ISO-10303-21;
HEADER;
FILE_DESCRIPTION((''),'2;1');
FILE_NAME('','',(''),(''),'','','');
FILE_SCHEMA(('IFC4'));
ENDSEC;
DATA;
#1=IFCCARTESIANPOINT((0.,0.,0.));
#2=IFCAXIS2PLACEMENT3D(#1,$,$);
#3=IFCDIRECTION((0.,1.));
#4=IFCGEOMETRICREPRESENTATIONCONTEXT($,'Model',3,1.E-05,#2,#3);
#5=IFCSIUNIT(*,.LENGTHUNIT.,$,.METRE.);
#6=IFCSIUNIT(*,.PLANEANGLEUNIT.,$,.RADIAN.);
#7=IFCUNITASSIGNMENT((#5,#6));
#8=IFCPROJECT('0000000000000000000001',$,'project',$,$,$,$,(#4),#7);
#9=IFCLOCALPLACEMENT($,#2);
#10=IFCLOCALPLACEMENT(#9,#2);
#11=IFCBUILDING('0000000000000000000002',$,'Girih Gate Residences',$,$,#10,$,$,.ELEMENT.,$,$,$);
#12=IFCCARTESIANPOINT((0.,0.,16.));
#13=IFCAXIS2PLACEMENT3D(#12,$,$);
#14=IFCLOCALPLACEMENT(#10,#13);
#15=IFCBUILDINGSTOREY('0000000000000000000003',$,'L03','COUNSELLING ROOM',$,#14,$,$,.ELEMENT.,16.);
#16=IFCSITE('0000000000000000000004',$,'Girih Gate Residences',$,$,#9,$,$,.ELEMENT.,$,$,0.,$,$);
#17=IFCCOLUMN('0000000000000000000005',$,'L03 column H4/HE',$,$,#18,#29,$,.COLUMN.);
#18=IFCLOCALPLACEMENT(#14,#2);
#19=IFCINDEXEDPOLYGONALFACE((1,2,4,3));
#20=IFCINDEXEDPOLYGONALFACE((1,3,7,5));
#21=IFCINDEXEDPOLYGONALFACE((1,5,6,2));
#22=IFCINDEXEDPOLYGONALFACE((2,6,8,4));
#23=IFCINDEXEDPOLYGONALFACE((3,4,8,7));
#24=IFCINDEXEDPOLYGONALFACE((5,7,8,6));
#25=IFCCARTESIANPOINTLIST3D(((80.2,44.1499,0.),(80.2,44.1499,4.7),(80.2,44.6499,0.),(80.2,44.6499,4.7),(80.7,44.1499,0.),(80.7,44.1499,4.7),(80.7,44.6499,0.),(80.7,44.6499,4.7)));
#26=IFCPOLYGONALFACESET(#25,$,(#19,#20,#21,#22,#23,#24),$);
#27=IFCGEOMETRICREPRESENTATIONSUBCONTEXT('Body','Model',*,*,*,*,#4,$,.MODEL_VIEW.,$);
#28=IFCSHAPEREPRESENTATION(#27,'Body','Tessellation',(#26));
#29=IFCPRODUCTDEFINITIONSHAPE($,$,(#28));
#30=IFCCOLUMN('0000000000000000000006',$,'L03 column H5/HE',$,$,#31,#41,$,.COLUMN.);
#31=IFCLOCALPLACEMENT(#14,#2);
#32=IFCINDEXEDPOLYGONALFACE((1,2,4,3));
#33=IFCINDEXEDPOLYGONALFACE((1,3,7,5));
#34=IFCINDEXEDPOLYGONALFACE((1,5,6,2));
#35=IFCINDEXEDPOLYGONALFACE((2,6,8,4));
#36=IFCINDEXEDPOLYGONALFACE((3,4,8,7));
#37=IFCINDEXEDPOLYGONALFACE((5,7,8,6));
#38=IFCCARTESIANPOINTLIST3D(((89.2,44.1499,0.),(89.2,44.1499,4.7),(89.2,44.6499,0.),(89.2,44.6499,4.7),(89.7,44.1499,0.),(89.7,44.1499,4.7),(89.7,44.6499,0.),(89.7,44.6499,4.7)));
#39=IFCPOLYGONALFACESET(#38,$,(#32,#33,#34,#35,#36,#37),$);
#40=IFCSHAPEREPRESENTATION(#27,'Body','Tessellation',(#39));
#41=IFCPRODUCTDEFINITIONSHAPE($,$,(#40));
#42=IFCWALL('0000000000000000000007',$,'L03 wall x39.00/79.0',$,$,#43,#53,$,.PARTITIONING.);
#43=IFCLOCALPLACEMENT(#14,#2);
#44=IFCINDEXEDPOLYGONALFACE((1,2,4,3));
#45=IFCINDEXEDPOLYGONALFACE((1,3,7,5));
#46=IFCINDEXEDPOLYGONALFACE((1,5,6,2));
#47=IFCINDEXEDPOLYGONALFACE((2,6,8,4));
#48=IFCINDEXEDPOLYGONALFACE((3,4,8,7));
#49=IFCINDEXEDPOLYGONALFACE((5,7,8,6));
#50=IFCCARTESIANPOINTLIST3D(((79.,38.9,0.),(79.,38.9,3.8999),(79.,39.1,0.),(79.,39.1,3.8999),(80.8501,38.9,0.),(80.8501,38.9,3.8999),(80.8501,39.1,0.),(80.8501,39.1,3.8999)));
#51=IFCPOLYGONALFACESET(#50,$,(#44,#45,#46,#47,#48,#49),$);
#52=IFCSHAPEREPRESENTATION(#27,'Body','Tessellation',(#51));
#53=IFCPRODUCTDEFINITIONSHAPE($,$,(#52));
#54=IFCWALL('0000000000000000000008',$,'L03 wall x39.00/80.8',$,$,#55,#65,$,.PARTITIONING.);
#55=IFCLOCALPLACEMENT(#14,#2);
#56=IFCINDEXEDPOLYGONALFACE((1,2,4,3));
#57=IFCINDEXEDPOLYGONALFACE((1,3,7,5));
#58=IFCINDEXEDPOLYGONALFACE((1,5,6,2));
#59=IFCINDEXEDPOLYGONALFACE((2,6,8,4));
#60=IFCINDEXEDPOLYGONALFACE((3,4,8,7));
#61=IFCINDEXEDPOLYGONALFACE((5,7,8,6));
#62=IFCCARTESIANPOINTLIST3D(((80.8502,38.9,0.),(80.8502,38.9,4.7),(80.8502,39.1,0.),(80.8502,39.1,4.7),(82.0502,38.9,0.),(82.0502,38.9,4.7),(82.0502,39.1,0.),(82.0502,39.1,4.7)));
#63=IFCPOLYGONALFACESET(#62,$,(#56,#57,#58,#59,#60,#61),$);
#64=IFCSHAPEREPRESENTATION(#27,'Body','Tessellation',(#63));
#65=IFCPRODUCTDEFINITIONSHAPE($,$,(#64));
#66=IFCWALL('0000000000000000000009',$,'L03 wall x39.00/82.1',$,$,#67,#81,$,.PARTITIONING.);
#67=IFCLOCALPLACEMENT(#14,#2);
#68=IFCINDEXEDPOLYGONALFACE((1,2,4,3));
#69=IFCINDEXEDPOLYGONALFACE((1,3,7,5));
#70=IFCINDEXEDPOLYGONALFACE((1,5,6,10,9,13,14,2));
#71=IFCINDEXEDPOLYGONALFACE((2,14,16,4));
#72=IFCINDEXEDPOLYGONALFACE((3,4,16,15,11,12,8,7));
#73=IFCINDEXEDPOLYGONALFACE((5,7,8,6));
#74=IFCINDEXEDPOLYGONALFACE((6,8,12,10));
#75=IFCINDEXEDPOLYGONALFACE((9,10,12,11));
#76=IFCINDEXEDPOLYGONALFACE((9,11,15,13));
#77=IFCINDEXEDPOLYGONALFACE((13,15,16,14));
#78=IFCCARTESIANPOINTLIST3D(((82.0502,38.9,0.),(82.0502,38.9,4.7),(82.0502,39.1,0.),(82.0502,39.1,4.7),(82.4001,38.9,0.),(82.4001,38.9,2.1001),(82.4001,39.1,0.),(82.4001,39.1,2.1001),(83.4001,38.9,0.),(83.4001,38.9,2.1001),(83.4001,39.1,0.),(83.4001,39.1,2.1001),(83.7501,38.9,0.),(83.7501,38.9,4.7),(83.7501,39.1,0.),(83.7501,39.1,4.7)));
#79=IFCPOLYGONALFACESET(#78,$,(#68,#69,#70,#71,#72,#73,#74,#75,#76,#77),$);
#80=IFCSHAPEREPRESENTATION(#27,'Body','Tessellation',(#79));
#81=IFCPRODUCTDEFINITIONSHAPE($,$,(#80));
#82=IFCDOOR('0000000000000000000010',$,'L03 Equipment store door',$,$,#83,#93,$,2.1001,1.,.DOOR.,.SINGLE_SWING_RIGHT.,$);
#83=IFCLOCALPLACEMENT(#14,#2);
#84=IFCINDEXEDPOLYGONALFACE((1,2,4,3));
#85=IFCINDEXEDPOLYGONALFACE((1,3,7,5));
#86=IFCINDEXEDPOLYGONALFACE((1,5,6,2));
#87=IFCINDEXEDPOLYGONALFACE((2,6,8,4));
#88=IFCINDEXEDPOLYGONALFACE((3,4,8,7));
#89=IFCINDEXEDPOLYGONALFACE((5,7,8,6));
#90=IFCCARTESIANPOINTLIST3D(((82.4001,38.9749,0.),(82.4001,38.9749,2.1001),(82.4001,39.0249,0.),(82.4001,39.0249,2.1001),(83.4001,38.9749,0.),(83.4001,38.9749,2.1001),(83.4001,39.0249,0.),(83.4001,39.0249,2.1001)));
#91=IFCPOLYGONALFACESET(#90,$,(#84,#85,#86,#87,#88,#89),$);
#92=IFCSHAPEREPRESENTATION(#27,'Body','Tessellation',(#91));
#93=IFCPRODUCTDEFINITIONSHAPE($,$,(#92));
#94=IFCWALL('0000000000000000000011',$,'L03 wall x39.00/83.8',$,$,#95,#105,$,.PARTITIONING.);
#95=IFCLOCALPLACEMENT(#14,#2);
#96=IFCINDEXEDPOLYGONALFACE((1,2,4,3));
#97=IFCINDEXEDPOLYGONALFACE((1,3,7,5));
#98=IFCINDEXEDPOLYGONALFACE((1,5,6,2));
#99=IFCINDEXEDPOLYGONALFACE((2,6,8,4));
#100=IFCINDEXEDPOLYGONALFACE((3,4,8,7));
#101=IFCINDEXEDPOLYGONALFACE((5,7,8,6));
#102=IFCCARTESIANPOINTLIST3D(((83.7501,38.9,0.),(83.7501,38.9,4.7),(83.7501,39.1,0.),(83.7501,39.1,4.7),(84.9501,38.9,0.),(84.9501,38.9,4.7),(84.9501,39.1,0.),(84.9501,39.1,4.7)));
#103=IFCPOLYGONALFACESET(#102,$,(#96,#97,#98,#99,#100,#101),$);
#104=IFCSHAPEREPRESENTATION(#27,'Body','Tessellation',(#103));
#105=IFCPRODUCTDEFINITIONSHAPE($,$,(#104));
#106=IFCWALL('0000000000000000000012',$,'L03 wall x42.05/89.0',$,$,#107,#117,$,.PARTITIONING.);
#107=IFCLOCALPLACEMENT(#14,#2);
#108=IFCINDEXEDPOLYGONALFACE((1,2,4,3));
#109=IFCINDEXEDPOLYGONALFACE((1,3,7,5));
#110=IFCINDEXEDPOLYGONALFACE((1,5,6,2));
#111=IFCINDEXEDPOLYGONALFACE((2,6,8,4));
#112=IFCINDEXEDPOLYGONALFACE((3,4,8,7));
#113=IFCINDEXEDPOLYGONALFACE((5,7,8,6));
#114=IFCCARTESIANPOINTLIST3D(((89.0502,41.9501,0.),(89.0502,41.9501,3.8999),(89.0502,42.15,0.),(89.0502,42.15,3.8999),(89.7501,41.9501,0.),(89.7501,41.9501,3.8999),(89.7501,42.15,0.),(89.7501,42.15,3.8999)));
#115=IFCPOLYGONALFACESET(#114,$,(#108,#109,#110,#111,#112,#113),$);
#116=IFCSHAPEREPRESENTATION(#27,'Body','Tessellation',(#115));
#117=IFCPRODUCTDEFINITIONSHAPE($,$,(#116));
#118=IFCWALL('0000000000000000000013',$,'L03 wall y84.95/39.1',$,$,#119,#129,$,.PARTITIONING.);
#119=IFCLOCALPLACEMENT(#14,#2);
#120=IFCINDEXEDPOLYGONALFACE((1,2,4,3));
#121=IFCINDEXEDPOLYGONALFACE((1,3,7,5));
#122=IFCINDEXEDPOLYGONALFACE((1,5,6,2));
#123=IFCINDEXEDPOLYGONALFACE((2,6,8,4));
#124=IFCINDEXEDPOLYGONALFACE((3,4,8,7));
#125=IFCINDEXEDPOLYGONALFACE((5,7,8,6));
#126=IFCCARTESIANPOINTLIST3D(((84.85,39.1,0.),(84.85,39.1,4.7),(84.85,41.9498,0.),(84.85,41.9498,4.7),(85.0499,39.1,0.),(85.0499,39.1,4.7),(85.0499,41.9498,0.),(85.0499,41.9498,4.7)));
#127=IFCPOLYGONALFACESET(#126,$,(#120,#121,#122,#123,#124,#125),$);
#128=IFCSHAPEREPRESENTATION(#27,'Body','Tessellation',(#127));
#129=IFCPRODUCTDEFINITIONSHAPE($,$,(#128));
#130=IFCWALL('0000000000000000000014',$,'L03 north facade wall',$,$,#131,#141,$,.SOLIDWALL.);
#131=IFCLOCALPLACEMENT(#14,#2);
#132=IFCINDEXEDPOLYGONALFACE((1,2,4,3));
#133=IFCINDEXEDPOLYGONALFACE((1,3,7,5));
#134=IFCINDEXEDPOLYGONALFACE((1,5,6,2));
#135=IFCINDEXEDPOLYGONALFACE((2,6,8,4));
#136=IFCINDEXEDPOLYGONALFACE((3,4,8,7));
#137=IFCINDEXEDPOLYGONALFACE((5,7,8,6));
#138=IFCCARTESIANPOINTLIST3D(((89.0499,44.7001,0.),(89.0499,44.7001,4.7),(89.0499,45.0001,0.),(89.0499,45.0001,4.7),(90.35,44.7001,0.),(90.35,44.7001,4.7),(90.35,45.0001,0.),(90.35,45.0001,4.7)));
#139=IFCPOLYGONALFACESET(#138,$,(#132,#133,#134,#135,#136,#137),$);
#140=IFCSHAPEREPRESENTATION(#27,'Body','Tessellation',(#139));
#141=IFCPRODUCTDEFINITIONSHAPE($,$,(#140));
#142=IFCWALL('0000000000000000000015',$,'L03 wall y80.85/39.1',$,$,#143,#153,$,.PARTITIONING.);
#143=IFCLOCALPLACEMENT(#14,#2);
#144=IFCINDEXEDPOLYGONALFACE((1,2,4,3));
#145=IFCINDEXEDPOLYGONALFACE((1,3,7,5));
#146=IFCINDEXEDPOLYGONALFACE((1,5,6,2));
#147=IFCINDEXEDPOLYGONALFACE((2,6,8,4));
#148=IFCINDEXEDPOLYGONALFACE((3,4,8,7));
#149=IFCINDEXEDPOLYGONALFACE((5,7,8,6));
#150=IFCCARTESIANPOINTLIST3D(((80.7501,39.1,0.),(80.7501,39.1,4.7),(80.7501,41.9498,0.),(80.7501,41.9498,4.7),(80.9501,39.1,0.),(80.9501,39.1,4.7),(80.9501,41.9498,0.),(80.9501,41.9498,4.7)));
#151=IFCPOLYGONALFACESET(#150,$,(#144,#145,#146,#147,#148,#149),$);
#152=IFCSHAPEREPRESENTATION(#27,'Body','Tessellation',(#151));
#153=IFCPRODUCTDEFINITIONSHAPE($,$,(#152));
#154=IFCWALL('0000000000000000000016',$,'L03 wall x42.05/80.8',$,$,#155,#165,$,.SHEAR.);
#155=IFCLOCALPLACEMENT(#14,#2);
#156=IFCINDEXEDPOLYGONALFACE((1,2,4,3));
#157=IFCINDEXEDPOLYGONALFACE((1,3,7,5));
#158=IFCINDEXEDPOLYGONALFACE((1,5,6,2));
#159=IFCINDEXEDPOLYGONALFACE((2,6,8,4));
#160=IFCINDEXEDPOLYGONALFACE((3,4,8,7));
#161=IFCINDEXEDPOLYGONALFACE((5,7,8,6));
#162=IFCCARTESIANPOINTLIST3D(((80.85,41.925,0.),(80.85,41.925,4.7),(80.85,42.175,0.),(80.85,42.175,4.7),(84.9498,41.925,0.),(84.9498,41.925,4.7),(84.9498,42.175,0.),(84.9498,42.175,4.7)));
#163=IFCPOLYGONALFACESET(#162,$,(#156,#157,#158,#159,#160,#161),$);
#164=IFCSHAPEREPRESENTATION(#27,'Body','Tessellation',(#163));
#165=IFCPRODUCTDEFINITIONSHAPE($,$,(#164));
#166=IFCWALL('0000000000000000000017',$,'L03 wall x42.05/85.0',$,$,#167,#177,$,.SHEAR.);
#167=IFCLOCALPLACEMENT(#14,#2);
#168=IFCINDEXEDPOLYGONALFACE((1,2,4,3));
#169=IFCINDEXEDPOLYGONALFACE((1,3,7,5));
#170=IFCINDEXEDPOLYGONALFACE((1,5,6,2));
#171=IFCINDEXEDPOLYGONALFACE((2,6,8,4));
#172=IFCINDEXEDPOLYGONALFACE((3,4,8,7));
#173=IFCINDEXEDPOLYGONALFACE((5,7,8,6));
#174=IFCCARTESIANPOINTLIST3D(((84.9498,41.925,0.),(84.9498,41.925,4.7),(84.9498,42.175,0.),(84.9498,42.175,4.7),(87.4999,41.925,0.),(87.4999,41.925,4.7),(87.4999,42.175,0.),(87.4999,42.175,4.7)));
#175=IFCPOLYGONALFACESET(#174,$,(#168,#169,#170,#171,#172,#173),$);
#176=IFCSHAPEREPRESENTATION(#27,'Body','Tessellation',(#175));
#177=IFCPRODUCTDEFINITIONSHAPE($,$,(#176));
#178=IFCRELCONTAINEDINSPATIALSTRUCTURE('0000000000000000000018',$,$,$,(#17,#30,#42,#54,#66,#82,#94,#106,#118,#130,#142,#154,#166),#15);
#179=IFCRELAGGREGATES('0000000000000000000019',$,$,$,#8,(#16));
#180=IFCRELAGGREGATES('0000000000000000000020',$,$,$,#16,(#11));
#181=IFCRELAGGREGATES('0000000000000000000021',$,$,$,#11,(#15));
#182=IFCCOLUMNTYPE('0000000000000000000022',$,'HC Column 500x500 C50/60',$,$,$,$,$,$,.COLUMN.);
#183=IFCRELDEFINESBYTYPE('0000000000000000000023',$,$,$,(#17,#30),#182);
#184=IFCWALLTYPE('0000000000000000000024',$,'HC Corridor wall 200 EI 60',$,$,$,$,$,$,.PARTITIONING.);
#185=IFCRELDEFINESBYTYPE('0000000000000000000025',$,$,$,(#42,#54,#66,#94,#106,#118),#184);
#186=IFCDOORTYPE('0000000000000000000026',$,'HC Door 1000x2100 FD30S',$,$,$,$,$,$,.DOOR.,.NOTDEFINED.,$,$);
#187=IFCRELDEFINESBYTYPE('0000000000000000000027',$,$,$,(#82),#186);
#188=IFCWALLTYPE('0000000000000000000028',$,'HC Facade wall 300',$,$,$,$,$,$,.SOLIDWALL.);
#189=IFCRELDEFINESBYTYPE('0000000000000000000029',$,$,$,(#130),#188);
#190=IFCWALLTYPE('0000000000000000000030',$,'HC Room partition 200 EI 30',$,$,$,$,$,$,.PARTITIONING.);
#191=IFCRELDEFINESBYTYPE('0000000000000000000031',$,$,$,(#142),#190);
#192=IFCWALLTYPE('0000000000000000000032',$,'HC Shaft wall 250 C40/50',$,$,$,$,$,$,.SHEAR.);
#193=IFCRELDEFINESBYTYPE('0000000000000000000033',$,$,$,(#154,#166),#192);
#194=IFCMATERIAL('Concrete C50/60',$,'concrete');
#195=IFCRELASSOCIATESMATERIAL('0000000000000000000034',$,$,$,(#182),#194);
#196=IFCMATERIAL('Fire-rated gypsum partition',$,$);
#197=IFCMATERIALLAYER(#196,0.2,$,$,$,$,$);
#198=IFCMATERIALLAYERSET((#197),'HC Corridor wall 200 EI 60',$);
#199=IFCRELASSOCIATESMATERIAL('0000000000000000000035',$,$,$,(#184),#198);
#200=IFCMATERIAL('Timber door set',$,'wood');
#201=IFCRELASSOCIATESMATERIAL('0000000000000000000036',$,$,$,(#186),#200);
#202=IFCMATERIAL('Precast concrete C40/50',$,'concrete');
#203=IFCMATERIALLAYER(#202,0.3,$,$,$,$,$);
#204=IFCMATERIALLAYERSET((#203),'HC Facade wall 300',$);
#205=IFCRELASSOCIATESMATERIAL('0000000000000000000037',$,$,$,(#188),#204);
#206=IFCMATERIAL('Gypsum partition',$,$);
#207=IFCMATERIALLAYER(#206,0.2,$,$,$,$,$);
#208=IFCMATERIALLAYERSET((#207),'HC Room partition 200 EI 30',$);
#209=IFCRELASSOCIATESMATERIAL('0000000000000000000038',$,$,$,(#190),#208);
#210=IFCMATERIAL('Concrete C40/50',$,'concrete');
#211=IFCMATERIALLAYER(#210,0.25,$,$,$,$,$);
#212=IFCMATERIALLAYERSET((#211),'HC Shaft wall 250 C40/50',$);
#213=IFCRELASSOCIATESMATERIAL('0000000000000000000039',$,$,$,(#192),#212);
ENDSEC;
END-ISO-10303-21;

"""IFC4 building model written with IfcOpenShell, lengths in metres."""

from ifc_helpers import new_model, si_unit, direction, frame, frame_2d, origin, origin_2d, place, context, subcontext, project, spatial, rectangle, extrude, material, layer, layer_set, material_profile, profile_set, type_object, element, fill, save


model = new_model("IFC4")

# Units and contexts
model_context = context("Model", 3, precision=1e-05, world=origin(), true_north=direction((0.0, 1.0)))
body_context = subcontext(model_context, "Body", "Model", "MODEL_VIEW")
ifc_project = project(units=[si_unit("LENGTHUNIT", "METRE"), si_unit("PLANEANGLEUNIT", "RADIAN")], contexts=[model_context])

# Site, building, storey
site_placement = place(None, origin())
site = spatial("IfcSite", under=ifc_project, at=site_placement, Name="Girih Gate Residences", CompositionType="ELEMENT", RefElevation=0.0)
building_placement = place(site_placement, origin())
building = spatial("IfcBuilding", under=site, at=building_placement, Name="Girih Gate Residences", CompositionType="ELEMENT")
storey_placement = place(building_placement, frame((0.0, 0.0, 16.0)))
storey = spatial("IfcBuildingStorey", under=building, at=storey_placement, Name="L03", Description="COUNSELLING ROOM", CompositionType="ELEMENT", Elevation=16.0)

# Columns
ifc_material_1 = material(Name="Concrete C50/60", Category="concrete")
ifc_material_profile = material_profile(ifc_material_1, rectangle(XDim=0.5, YDim=0.5, at=origin_2d()))
ifc_profile_set = profile_set([ifc_material_profile], Name="Concrete C50/60")
column_type = type_object("IfcColumnType", Name="HC Column 500x500 C50/60", PredefinedType="COLUMN", material=ifc_profile_set)
for number, where, z_axis, x_axis, name in (
    (1, (80.45, 44.3999, 0.0), (0.0, 0.0, 1.0), (1.0, 0.0, 0.0), "L03 column H4/HE"),
    (2, (89.45, 44.3999, 0.0), (0.0, 0.0, 1.0), (1.0, 0.0, 0.0), "L03 column H5/HE"),
):
    element("IfcColumn", number, at=place(storey_placement, frame(where, z_axis=z_axis, x_axis=x_axis)), inside=storey, type_object=column_type, Name=name, PredefinedType="COLUMN", context=body_context, shape_type="SweptSolid", body=[
        extrude(rectangle(XDim=0.5, YDim=0.5, at=origin_2d()), origin(), (0.0, 0.0, 1.0), 4.7),
    ])

# Walls
ifc_material_2 = material(Name="Fire-rated gypsum partition")
ifc_layer_1 = layer(ifc_material_2, 0.2)
ifc_layer_set_1 = layer_set([ifc_layer_1], Name="HC Corridor wall 200 EI 60")
wall_type_1 = type_object("IfcWallType", Name="HC Corridor wall 200 EI 60", PredefinedType="PARTITIONING", material=ifc_layer_set_1)
wall_1_placement = place(storey_placement, frame((79.0, 39.0, 0.0), z_axis=(0.0, 0.0, 1.0), x_axis=(1.0, 0.0, 0.0)))
element("IfcWall", 3, at=wall_1_placement, inside=storey, type_object=wall_type_1, Name="L03 wall x39.00/79.0", PredefinedType="PARTITIONING", context=body_context, shape_type="SweptSolid", body=[
    extrude(rectangle(XDim=1.8501, YDim=0.2, at=frame_2d((0.925, 0.0))), origin(), (0.0, 0.0, 1.0), 3.8999),
])
wall_2_placement = place(storey_placement, frame((80.8501, 39.0, 0.0), z_axis=(0.0, 0.0, 1.0), x_axis=(1.0, 0.0, 0.0)))
element("IfcWall", 4, at=wall_2_placement, inside=storey, type_object=wall_type_1, Name="L03 wall x39.00/80.8", PredefinedType="PARTITIONING", context=body_context, shape_type="SweptSolid", body=[
    extrude(rectangle(XDim=1.2, YDim=0.2, at=frame_2d((0.6001, 0.0))), origin(), (0.0, 0.0, 1.0), 4.7),
])

# Wall, opening, door
wall_3_placement = place(storey_placement, frame((82.05, 39.0, 0.0), z_axis=(0.0, 0.0, 1.0), x_axis=(1.0, 0.0, 0.0)))
wall_3 = element("IfcWall", 5, at=wall_3_placement, inside=storey, type_object=wall_type_1, Name="L03 wall x39.00/82.1", PredefinedType="PARTITIONING", context=body_context, shape_type="SweptSolid", body=[
    extrude(rectangle(XDim=1.7, YDim=0.2, at=frame_2d((0.8501, 0.0))), origin(), (0.0, 0.0, 1.0), 4.7),
])
opening_1_placement = place(wall_3_placement, frame((0.3501, 0.0, 0.0)))
opening_1 = element("IfcOpeningElement", 6, at=opening_1_placement, cuts=wall_3, PredefinedType="OPENING", context=body_context, shape_type="SweptSolid", body=[
    extrude(rectangle(XDim=1.0, YDim=2.1001, at=frame_2d((0.5, 1.05))), frame((0.0, 0.1099, 0.0), z_axis=(0.0, -1.0, 0.0), x_axis=(1.0, 0.0, 0.0)), (0.0, 0.0, 1.0), 0.22),
])
ifc_material_3 = material(Name="Timber door set", Category="wood")
door_type_1 = type_object("IfcDoorType", Name="HC Door 1000x2100 FD30S", OperationType="NOTDEFINED", PredefinedType="DOOR", material=ifc_material_3)
door_1_placement = place(opening_1_placement, origin())
door_1 = element("IfcDoor", 7, at=door_1_placement, inside=storey, type_object=door_type_1, Name="L03 Equipment store door", OperationType="SINGLE_SWING_RIGHT", OverallHeight=2.1001, OverallWidth=1.0, PredefinedType="DOOR", context=body_context, shape_type="SweptSolid", body=[
    extrude(rectangle(XDim=1.0, YDim=2.1001, at=frame_2d((0.5, 1.05))), frame((0.0, 0.0249, 0.0), z_axis=(0.0, -1.0, 0.0), x_axis=(1.0, 0.0, 0.0)), (0.0, 0.0, 1.0), 0.05),
])
fill(opening_1, door_1)

# Walls
wall_4_placement = place(storey_placement, frame((83.75, 39.0, 0.0), z_axis=(0.0, 0.0, 1.0), x_axis=(1.0, 0.0, 0.0)))
element("IfcWall", 8, at=wall_4_placement, inside=storey, type_object=wall_type_1, Name="L03 wall x39.00/83.8", PredefinedType="PARTITIONING", context=body_context, shape_type="SweptSolid", body=[
    extrude(rectangle(XDim=1.2, YDim=0.2, at=frame_2d((0.6001, 0.0))), origin(), (0.0, 0.0, 1.0), 4.7),
])
wall_5_placement = place(storey_placement, frame((89.05, 42.05, 0.0), z_axis=(0.0, 0.0, 1.0), x_axis=(1.0, 0.0, 0.0)))
element("IfcWall", 9, at=wall_5_placement, inside=storey, type_object=wall_type_1, Name="L03 wall x42.05/89.0", PredefinedType="PARTITIONING", context=body_context, shape_type="SweptSolid", body=[
    extrude(rectangle(XDim=0.7, YDim=0.2, at=frame_2d((0.3501, 0.0))), origin(), (0.0, 0.0, 1.0), 3.8999),
])
wall_6_placement = place(storey_placement, frame((84.95, 39.1001, 0.0), z_axis=(0.0, 0.0, 1.0), x_axis=(0.0, 1.0, 0.0)))
element("IfcWall", 10, at=wall_6_placement, inside=storey, type_object=wall_type_1, Name="L03 wall y84.95/39.1", PredefinedType="PARTITIONING", context=body_context, shape_type="SweptSolid", body=[
    extrude(rectangle(XDim=2.8499, YDim=0.2, at=frame_2d((1.4248, 0.0))), origin(), (0.0, 0.0, 1.0), 4.7),
])
ifc_material_4 = material(Name="Precast concrete C40/50", Category="concrete")
ifc_layer_2 = layer(ifc_material_4, 0.3)
ifc_layer_set_2 = layer_set([ifc_layer_2], Name="HC Facade wall 300")
wall_type_2 = type_object("IfcWallType", Name="HC Facade wall 300", PredefinedType="SOLIDWALL", material=ifc_layer_set_2)
wall_7_placement = place(storey_placement, frame((89.05, 44.8501, 0.0), z_axis=(0.0, 0.0, 1.0), x_axis=(1.0, 0.0, 0.0)))
element("IfcWall", 11, at=wall_7_placement, inside=storey, type_object=wall_type_2, Name="L03 north facade wall", PredefinedType="SOLIDWALL", context=body_context, shape_type="SweptSolid", body=[
    extrude(rectangle(XDim=1.3, YDim=0.3, at=frame_2d((0.6499, 0.0))), origin(), (0.0, 0.0, 1.0), 4.7),
])
ifc_material_5 = material(Name="Gypsum partition")
ifc_layer_3 = layer(ifc_material_5, 0.2)
ifc_layer_set_3 = layer_set([ifc_layer_3], Name="HC Room partition 200 EI 30")
wall_type_3 = type_object("IfcWallType", Name="HC Room partition 200 EI 30", PredefinedType="PARTITIONING", material=ifc_layer_set_3)
wall_8_placement = place(storey_placement, frame((80.8501, 39.1001, 0.0), z_axis=(0.0, 0.0, 1.0), x_axis=(0.0, 1.0, 0.0)))
element("IfcWall", 12, at=wall_8_placement, inside=storey, type_object=wall_type_3, Name="L03 wall y80.85/39.1", PredefinedType="PARTITIONING", context=body_context, shape_type="SweptSolid", body=[
    extrude(rectangle(XDim=2.8499, YDim=0.2, at=frame_2d((1.4248, 0.0))), origin(), (0.0, 0.0, 1.0), 4.7),
])
ifc_material_6 = material(Name="Concrete C40/50", Category="concrete")
ifc_layer_4 = layer(ifc_material_6, 0.25)
ifc_layer_set_4 = layer_set([ifc_layer_4], Name="HC Shaft wall 250 C40/50")
wall_type_4 = type_object("IfcWallType", Name="HC Shaft wall 250 C40/50", PredefinedType="SHEAR", material=ifc_layer_set_4)
wall_9_placement = place(storey_placement, frame((80.8501, 42.05, 0.0), z_axis=(0.0, 0.0, 1.0), x_axis=(1.0, 0.0, 0.0)))
element("IfcWall", 13, at=wall_9_placement, inside=storey, type_object=wall_type_4, Name="L03 wall x42.05/80.8", PredefinedType="SHEAR", context=body_context, shape_type="SweptSolid", body=[
    extrude(rectangle(XDim=4.0999, YDim=0.25, at=frame_2d((2.0498, 0.0))), origin(), (0.0, 0.0, 1.0), 4.7),
])
wall_10_placement = place(storey_placement, frame((84.95, 42.05, 0.0), z_axis=(0.0, 0.0, 1.0), x_axis=(1.0, 0.0, 0.0)))
element("IfcWall", 14, at=wall_10_placement, inside=storey, type_object=wall_type_4, Name="L03 wall x42.05/85.0", PredefinedType="SHEAR", context=body_context, shape_type="SweptSolid", body=[
    extrude(rectangle(XDim=2.55, YDim=0.25, at=frame_2d((1.2749, 0.0))), origin(), (0.0, 0.0, 1.0), 4.7),
])

save(model, "model.ifc")
